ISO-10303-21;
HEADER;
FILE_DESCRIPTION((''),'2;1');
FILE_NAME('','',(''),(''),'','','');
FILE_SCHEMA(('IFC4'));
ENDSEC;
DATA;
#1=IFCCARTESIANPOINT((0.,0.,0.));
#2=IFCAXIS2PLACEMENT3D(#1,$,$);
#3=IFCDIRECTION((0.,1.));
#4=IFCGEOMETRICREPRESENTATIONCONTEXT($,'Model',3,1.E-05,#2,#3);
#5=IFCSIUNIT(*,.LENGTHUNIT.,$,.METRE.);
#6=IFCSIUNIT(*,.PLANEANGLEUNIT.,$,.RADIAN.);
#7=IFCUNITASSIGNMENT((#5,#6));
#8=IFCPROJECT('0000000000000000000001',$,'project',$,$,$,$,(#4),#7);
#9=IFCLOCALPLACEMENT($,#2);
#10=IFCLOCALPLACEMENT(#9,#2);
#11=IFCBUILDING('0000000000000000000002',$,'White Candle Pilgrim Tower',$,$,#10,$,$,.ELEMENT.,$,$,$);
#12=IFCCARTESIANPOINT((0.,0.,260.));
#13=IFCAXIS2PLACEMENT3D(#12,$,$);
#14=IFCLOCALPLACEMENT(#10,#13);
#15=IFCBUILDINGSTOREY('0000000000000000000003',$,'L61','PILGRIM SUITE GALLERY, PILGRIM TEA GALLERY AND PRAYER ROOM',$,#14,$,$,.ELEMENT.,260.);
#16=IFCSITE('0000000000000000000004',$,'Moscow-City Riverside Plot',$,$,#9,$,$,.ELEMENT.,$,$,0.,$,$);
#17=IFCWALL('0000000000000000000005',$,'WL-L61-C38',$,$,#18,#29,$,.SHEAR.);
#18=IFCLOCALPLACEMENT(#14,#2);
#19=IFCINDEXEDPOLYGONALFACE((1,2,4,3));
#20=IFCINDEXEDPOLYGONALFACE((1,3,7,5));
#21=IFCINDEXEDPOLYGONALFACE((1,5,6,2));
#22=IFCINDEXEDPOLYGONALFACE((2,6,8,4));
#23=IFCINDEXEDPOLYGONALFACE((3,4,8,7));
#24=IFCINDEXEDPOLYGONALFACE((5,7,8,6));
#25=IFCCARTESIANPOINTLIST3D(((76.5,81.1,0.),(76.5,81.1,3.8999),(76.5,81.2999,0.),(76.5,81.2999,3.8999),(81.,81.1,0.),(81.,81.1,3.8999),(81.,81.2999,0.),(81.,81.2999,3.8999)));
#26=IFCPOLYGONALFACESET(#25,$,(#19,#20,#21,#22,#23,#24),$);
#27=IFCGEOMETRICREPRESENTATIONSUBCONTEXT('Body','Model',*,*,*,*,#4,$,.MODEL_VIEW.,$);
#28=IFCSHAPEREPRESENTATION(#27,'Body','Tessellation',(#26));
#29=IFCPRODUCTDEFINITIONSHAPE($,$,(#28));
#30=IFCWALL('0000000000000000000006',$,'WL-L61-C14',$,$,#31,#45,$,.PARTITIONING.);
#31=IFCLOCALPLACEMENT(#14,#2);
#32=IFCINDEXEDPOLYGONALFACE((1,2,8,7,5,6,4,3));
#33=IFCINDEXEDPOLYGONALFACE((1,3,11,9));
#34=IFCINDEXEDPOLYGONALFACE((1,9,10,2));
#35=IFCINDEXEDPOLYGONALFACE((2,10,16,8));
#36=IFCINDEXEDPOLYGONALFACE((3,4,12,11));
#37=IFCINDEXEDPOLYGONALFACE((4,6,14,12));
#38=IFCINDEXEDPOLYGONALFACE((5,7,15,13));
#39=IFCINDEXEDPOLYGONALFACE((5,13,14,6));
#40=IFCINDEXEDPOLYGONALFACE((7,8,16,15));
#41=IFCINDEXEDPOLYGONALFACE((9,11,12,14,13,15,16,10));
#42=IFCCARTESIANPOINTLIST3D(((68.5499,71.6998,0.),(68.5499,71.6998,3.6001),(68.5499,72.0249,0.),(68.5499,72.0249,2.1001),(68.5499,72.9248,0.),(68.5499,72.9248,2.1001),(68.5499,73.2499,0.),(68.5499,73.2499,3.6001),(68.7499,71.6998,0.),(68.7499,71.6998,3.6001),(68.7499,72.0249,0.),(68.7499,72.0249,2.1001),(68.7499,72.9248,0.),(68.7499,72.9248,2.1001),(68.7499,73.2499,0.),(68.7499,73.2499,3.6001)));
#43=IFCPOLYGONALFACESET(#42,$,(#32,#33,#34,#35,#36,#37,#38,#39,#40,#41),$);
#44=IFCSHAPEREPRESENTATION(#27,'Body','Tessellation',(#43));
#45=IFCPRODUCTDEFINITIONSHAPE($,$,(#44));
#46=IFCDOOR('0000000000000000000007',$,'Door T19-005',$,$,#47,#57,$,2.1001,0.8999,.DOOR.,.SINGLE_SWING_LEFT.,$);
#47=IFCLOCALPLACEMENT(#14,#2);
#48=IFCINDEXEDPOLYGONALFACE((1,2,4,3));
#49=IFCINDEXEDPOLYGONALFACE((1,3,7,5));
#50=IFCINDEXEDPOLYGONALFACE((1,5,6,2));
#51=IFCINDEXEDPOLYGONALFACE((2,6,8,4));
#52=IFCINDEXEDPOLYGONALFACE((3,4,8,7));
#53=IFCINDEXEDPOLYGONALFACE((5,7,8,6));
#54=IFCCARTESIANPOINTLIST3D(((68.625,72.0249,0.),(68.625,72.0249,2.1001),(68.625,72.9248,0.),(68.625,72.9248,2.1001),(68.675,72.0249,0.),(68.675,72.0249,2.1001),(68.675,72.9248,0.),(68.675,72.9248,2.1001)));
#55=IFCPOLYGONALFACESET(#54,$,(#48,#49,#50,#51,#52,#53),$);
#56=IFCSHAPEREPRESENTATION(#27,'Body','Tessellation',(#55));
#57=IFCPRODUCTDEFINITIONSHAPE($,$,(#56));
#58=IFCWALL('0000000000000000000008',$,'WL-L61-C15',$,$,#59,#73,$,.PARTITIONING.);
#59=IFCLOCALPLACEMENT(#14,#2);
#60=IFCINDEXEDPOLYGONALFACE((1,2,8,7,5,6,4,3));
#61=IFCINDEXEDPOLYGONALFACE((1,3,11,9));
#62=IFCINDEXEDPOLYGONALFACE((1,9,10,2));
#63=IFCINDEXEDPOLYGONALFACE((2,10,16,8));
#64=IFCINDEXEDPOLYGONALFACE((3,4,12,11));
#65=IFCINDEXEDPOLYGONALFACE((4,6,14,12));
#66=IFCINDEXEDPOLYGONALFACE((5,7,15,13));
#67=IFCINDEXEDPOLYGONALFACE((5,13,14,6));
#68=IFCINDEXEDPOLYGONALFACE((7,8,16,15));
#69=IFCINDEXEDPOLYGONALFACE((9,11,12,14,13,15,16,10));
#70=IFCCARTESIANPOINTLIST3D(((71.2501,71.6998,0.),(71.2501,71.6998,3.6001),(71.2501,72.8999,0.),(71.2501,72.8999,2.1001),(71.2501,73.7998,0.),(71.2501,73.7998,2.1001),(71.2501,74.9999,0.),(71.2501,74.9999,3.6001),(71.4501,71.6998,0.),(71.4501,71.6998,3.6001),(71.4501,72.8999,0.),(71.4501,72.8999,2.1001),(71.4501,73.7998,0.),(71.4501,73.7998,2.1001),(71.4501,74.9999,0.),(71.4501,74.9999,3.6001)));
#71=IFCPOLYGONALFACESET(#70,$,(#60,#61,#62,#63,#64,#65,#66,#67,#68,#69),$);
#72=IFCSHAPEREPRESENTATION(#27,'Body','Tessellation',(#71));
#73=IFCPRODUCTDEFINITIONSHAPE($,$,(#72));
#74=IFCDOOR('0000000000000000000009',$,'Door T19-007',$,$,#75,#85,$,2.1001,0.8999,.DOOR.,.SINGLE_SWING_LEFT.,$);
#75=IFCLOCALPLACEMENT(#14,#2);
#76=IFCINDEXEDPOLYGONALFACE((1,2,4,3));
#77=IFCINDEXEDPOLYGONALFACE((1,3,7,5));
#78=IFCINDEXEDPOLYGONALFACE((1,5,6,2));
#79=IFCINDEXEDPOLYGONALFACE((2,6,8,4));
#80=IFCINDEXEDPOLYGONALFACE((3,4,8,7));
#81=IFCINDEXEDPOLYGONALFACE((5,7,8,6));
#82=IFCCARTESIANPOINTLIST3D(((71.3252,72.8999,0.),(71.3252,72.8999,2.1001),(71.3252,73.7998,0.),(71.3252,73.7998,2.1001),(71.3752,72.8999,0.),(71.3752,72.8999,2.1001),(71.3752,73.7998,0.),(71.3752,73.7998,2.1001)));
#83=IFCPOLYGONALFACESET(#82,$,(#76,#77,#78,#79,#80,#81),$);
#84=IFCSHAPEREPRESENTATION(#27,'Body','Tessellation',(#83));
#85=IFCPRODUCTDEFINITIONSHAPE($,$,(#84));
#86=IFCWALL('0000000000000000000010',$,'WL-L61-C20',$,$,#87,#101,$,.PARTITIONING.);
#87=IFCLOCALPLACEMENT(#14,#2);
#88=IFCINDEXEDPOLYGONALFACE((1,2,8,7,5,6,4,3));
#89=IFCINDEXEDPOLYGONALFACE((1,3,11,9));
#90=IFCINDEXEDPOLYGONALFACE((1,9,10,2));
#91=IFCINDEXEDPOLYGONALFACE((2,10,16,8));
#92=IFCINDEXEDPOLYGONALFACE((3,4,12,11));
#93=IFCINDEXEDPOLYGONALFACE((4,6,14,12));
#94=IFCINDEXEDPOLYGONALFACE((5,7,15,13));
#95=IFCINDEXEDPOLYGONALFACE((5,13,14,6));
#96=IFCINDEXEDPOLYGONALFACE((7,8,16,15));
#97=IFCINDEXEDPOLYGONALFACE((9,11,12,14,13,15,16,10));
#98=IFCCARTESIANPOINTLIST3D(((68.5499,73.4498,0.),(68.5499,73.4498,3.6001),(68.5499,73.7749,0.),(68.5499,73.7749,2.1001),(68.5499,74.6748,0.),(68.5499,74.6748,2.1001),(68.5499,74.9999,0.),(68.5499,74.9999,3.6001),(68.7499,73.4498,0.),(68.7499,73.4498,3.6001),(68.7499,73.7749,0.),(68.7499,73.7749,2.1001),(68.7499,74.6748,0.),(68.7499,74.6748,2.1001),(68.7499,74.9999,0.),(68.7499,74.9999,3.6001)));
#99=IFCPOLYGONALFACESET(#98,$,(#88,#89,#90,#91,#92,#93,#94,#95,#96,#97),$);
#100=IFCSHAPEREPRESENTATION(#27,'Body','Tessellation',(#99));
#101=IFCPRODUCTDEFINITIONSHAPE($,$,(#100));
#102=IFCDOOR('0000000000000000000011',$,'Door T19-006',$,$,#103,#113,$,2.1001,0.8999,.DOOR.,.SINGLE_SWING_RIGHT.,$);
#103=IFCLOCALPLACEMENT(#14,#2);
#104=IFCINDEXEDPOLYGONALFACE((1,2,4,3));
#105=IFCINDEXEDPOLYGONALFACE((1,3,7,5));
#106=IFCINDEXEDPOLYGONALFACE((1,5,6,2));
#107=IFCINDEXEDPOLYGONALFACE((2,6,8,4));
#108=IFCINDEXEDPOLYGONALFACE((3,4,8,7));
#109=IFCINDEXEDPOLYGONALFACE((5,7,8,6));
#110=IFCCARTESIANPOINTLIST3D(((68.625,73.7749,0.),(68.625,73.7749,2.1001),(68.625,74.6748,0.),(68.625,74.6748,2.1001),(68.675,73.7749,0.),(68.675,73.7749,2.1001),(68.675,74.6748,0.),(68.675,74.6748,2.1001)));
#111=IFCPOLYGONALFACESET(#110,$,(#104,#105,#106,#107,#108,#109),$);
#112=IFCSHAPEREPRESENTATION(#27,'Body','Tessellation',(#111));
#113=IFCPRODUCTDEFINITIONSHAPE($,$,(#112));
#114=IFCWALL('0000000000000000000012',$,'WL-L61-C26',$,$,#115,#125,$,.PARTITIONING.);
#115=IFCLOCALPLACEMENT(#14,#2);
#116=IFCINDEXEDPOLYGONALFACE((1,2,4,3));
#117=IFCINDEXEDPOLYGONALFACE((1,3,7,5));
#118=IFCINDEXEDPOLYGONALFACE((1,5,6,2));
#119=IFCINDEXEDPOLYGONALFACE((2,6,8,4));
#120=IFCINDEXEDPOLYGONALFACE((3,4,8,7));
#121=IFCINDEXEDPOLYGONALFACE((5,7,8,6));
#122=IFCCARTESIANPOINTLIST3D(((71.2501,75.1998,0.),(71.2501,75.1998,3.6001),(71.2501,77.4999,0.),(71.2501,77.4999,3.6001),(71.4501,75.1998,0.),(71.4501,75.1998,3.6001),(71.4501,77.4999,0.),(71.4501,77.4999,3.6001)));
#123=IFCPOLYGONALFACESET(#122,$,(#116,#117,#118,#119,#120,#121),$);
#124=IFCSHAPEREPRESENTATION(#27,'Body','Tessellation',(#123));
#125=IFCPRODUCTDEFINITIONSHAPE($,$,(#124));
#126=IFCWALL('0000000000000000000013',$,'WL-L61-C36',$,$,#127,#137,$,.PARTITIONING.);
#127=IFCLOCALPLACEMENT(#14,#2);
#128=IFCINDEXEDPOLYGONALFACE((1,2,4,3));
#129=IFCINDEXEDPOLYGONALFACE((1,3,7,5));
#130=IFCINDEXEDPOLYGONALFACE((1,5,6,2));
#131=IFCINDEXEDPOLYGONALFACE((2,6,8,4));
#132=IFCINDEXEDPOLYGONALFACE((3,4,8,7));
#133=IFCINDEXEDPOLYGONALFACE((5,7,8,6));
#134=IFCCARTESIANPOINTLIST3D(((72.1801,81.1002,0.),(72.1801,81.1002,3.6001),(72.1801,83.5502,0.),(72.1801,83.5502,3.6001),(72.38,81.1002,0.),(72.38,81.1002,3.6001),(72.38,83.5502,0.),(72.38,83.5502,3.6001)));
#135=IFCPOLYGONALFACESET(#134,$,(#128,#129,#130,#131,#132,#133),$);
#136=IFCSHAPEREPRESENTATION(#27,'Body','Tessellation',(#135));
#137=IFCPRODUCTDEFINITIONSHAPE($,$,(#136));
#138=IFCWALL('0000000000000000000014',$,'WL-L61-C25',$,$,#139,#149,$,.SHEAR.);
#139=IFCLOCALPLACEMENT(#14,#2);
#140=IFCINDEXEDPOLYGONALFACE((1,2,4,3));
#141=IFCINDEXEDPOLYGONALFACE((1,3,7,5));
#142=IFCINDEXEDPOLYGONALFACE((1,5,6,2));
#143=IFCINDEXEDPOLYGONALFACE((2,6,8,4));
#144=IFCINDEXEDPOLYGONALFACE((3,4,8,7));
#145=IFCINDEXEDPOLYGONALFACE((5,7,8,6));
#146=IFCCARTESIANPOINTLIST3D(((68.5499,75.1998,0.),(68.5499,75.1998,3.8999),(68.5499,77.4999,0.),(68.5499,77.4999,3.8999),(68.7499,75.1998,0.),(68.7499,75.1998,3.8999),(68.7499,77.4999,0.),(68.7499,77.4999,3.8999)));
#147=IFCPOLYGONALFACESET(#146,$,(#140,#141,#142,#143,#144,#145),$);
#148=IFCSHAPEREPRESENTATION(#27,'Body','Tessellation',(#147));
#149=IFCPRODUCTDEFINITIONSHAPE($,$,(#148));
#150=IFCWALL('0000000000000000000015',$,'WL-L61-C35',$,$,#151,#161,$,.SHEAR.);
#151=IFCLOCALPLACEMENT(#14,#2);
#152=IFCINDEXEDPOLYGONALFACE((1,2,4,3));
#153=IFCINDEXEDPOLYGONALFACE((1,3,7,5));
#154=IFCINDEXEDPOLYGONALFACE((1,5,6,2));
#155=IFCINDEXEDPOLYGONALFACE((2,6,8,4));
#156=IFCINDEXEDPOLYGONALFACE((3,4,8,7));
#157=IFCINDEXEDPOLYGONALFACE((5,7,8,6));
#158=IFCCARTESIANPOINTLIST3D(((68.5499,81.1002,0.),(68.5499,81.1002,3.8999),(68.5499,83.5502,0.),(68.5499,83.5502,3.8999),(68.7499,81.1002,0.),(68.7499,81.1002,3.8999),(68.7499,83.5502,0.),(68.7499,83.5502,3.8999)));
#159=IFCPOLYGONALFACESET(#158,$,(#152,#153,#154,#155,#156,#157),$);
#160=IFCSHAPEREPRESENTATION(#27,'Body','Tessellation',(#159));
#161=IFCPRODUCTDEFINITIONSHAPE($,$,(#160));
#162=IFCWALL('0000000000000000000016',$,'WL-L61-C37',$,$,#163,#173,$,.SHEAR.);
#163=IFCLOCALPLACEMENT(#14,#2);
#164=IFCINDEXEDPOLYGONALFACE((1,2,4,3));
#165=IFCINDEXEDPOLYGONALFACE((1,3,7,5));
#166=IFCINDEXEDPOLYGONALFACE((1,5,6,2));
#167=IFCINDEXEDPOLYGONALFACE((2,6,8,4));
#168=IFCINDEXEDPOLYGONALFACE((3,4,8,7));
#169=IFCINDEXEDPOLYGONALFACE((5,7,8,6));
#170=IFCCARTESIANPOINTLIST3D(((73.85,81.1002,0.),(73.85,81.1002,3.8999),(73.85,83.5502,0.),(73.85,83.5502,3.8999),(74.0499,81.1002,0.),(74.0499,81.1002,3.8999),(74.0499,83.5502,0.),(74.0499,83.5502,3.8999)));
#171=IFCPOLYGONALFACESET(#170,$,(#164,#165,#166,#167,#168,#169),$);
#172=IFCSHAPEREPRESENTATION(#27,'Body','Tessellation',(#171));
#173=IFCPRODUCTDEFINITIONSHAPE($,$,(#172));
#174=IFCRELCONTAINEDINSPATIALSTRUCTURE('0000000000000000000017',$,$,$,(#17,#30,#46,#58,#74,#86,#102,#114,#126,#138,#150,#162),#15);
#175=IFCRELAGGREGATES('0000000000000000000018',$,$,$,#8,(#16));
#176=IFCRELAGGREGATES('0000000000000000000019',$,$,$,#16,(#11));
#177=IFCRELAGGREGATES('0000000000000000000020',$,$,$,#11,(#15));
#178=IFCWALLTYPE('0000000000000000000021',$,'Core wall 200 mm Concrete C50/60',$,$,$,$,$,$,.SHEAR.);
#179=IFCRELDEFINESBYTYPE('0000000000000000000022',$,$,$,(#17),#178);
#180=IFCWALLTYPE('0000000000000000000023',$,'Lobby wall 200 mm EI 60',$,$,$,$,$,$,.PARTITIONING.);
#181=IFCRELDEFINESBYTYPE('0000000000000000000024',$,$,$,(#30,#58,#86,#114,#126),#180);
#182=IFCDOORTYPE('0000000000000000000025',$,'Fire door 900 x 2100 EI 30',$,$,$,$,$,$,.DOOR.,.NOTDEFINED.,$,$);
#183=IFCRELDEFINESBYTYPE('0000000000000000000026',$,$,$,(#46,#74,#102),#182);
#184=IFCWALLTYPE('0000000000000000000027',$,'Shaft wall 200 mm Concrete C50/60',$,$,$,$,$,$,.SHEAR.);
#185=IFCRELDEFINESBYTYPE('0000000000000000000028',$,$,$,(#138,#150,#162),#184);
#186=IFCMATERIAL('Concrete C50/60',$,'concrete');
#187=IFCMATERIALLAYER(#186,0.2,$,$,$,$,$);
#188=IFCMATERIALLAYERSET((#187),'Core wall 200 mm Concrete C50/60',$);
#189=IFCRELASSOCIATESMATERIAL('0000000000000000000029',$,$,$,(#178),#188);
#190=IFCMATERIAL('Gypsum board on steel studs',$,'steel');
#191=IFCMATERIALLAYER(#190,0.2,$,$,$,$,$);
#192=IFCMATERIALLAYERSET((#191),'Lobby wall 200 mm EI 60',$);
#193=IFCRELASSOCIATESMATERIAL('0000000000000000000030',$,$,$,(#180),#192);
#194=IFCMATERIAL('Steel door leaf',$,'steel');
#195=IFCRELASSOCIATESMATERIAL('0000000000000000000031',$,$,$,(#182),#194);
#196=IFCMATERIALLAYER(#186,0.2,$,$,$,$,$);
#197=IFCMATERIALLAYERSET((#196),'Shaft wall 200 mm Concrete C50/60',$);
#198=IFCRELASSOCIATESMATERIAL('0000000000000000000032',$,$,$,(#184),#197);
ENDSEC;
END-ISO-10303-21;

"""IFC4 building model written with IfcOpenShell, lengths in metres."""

from ifc_helpers import new_model, si_unit, direction, frame, frame_2d, origin, place, context, subcontext, project, spatial, rectangle, extrude, material, layer, layer_set, type_object, element, fill, save


model = new_model("IFC4")

# Units and contexts
model_context = context("Model", 3, precision=1e-05, world=origin(), true_north=direction((0.0, 1.0)))
body_context = subcontext(model_context, "Body", "Model", "MODEL_VIEW")
ifc_project = project(units=[si_unit("LENGTHUNIT", "METRE"), si_unit("PLANEANGLEUNIT", "RADIAN")], contexts=[model_context])

# Site, building, storey
site_placement = place(None, origin())
site = spatial("IfcSite", under=ifc_project, at=site_placement, Name="Moscow-City Riverside Plot", CompositionType="ELEMENT", RefElevation=0.0)
building_placement = place(site_placement, origin())
building = spatial("IfcBuilding", under=site, at=building_placement, Name="White Candle Pilgrim Tower", CompositionType="ELEMENT")
storey_placement = place(building_placement, frame((0.0, 0.0, 260.0)))
storey = spatial("IfcBuildingStorey", under=building, at=storey_placement, Name="L61", Description="PILGRIM SUITE GALLERY, PILGRIM TEA GALLERY AND PRAYER ROOM", CompositionType="ELEMENT", Elevation=260.0)

# Wall
ifc_material_1 = material(Name="Concrete C50/60", Category="concrete")
ifc_layer_1 = layer(ifc_material_1, 0.2)
ifc_layer_set_1 = layer_set([ifc_layer_1], Name="Core wall 200 mm Concrete C50/60")
wall_type_1 = type_object("IfcWallType", Name="Core wall 200 mm Concrete C50/60", PredefinedType="SHEAR", material=ifc_layer_set_1)
wall_1_placement = place(storey_placement, frame((76.5, 81.2, 0.0), z_axis=(0.0, 0.0, 1.0), x_axis=(1.0, 0.0, 0.0)))
element("IfcWall", 1, at=wall_1_placement, inside=storey, type_object=wall_type_1, Name="WL-L61-C38", PredefinedType="SHEAR", context=body_context, shape_type="SweptSolid", body=[
    extrude(rectangle(XDim=4.5, YDim=0.2, at=frame_2d((2.25, 0.0))), origin(), (0.0, 0.0, 1.0), 3.8999),
])

# Walls, openings, doors
ifc_material_2 = material(Name="Gypsum board on steel studs", Category="steel")
ifc_layer_2 = layer(ifc_material_2, 0.2)
ifc_layer_set_2 = layer_set([ifc_layer_2], Name="Lobby wall 200 mm EI 60")
wall_type_2 = type_object("IfcWallType", Name="Lobby wall 200 mm EI 60", PredefinedType="PARTITIONING", material=ifc_layer_set_2)
wall_2_placement = place(storey_placement, frame((68.6499, 71.7, 0.0), z_axis=(0.0, 0.0, 1.0), x_axis=(0.0, 1.0, 0.0)))
wall_2 = element("IfcWall", 2, at=wall_2_placement, inside=storey, type_object=wall_type_2, Name="WL-L61-C14", PredefinedType="PARTITIONING", context=body_context, shape_type="SweptSolid", body=[
    extrude(rectangle(XDim=1.55, YDim=0.2, at=frame_2d((0.7749, 0.0))), origin(), (0.0, 0.0, 1.0), 3.6001),
])
opening_1_placement = place(wall_2_placement, frame((0.325, 0.0, 0.0)))
opening_1 = element("IfcOpeningElement", 3, at=opening_1_placement, cuts=wall_2, PredefinedType="OPENING", context=body_context, shape_type="SweptSolid", body=[
    extrude(rectangle(XDim=0.8999, YDim=2.1001, at=frame_2d((0.45, 1.05))), frame((0.0, 0.1099, 0.0), z_axis=(0.0, -1.0, 0.0), x_axis=(1.0, 0.0, 0.0)), (0.0, 0.0, 1.0), 0.22),
])
ifc_material_3 = material(Name="Steel door leaf", Category="steel")
door_type = type_object("IfcDoorType", Name="Fire door 900 x 2100 EI 30", OperationType="NOTDEFINED", PredefinedType="DOOR", material=ifc_material_3)
door_1_placement = place(opening_1_placement, origin())
door_1 = element("IfcDoor", 4, at=door_1_placement, inside=storey, type_object=door_type, Name="Door T19-005", OperationType="SINGLE_SWING_LEFT", OverallHeight=2.1001, OverallWidth=0.8999, PredefinedType="DOOR", context=body_context, shape_type="SweptSolid", body=[
    extrude(rectangle(XDim=0.8999, YDim=2.1001, at=frame_2d((0.45, 1.05))), frame((0.0, 0.0249, 0.0), z_axis=(0.0, -1.0, 0.0), x_axis=(1.0, 0.0, 0.0)), (0.0, 0.0, 1.0), 0.05),
])
fill(opening_1, door_1)
wall_3_placement = place(storey_placement, frame((71.3501, 71.7, 0.0), z_axis=(0.0, 0.0, 1.0), x_axis=(0.0, 1.0, 0.0)))
wall_3 = element("IfcWall", 5, at=wall_3_placement, inside=storey, type_object=wall_type_2, Name="WL-L61-C15", PredefinedType="PARTITIONING", context=body_context, shape_type="SweptSolid", body=[
    extrude(rectangle(XDim=3.3, YDim=0.2, at=frame_2d((1.6499, 0.0))), origin(), (0.0, 0.0, 1.0), 3.6001),
])
opening_2_placement = place(wall_3_placement, frame((1.2, 0.0, 0.0)))
opening_2 = element("IfcOpeningElement", 6, at=opening_2_placement, cuts=wall_3, PredefinedType="OPENING", context=body_context, shape_type="SweptSolid", body=[
    extrude(rectangle(XDim=0.8999, YDim=2.1001, at=frame_2d((0.45, 1.05))), frame((0.0, 0.1099, 0.0), z_axis=(0.0, -1.0, 0.0), x_axis=(1.0, 0.0, 0.0)), (0.0, 0.0, 1.0), 0.22),
])
door_2_placement = place(opening_2_placement, origin())
door_2 = element("IfcDoor", 7, at=door_2_placement, inside=storey, type_object=door_type, Name="Door T19-007", OperationType="SINGLE_SWING_LEFT", OverallHeight=2.1001, OverallWidth=0.8999, PredefinedType="DOOR", context=body_context, shape_type="SweptSolid", body=[
    extrude(rectangle(XDim=0.8999, YDim=2.1001, at=frame_2d((0.45, 1.05))), frame((0.0, 0.0249, 0.0), z_axis=(0.0, -1.0, 0.0), x_axis=(1.0, 0.0, 0.0)), (0.0, 0.0, 1.0), 0.05),
])
fill(opening_2, door_2)
wall_4_placement = place(storey_placement, frame((68.6499, 73.45, 0.0), z_axis=(0.0, 0.0, 1.0), x_axis=(0.0, 1.0, 0.0)))
wall_4 = element("IfcWall", 8, at=wall_4_placement, inside=storey, type_object=wall_type_2, Name="WL-L61-C20", PredefinedType="PARTITIONING", context=body_context, shape_type="SweptSolid", body=[
    extrude(rectangle(XDim=1.55, YDim=0.2, at=frame_2d((0.7749, 0.0))), origin(), (0.0, 0.0, 1.0), 3.6001),
])
opening_3_placement = place(wall_4_placement, frame((0.325, 0.0, 0.0)))
opening_3 = element("IfcOpeningElement", 9, at=opening_3_placement, cuts=wall_4, PredefinedType="OPENING", context=body_context, shape_type="SweptSolid", body=[
    extrude(rectangle(XDim=0.8999, YDim=2.1001, at=frame_2d((0.45, 1.05))), frame((0.0, 0.1099, 0.0), z_axis=(0.0, -1.0, 0.0), x_axis=(1.0, 0.0, 0.0)), (0.0, 0.0, 1.0), 0.22),
])
door_3_placement = place(opening_3_placement, origin())
door_3 = element("IfcDoor", 10, at=door_3_placement, inside=storey, type_object=door_type, Name="Door T19-006", OperationType="SINGLE_SWING_RIGHT", OverallHeight=2.1001, OverallWidth=0.8999, PredefinedType="DOOR", context=body_context, shape_type="SweptSolid", body=[
    extrude(rectangle(XDim=0.8999, YDim=2.1001, at=frame_2d((0.45, 1.05))), frame((0.0, 0.0249, 0.0), z_axis=(0.0, -1.0, 0.0), x_axis=(1.0, 0.0, 0.0)), (0.0, 0.0, 1.0), 0.05),
])
fill(opening_3, door_3)

# Walls
wall_5_placement = place(storey_placement, frame((71.3501, 75.2, 0.0), z_axis=(0.0, 0.0, 1.0), x_axis=(0.0, 1.0, 0.0)))
element("IfcWall", 11, at=wall_5_placement, inside=storey, type_object=wall_type_2, Name="WL-L61-C26", PredefinedType="PARTITIONING", context=body_context, shape_type="SweptSolid", body=[
    extrude(rectangle(XDim=2.3, YDim=0.2, at=frame_2d((1.1499, 0.0))), origin(), (0.0, 0.0, 1.0), 3.6001),
])
wall_6_placement = place(storey_placement, frame((72.28, 81.1001, 0.0), z_axis=(0.0, 0.0, 1.0), x_axis=(0.0, 1.0, 0.0)))
element("IfcWall", 12, at=wall_6_placement, inside=storey, type_object=wall_type_2, Name="WL-L61-C36", PredefinedType="PARTITIONING", context=body_context, shape_type="SweptSolid", body=[
    extrude(rectangle(XDim=2.45, YDim=0.2, at=frame_2d((1.2251, 0.0))), origin(), (0.0, 0.0, 1.0), 3.6001),
])
ifc_layer_3 = layer(ifc_material_1, 0.2)
ifc_layer_set_3 = layer_set([ifc_layer_3], Name="Shaft wall 200 mm Concrete C50/60")
wall_type_3 = type_object("IfcWallType", Name="Shaft wall 200 mm Concrete C50/60", PredefinedType="SHEAR", material=ifc_layer_set_3)
wall_7_placement = place(storey_placement, frame((68.6499, 75.2, 0.0), z_axis=(0.0, 0.0, 1.0), x_axis=(0.0, 1.0, 0.0)))
element("IfcWall", 13, at=wall_7_placement, inside=storey, type_object=wall_type_3, Name="WL-L61-C25", PredefinedType="SHEAR", context=body_context, shape_type="SweptSolid", body=[
    extrude(rectangle(XDim=2.3, YDim=0.2, at=frame_2d((1.1499, 0.0))), origin(), (0.0, 0.0, 1.0), 3.8999),
])
for number, where, z_axis, x_axis, name in (
    (14, (68.6499, 81.1001, 0.0), (0.0, 0.0, 1.0), (0.0, 1.0, 0.0), "WL-L61-C35"),
    (15, (73.95, 81.1001, 0.0), (0.0, 0.0, 1.0), (0.0, 1.0, 0.0), "WL-L61-C37"),
):
    element("IfcWall", number, at=place(storey_placement, frame(where, z_axis=z_axis, x_axis=x_axis)), inside=storey, type_object=wall_type_3, Name=name, PredefinedType="SHEAR", context=body_context, shape_type="SweptSolid", body=[
        extrude(rectangle(XDim=2.45, YDim=0.2, at=frame_2d((1.2251, 0.0))), origin(), (0.0, 0.0, 1.0), 3.8999),
    ])

save(model, "model.ifc")
